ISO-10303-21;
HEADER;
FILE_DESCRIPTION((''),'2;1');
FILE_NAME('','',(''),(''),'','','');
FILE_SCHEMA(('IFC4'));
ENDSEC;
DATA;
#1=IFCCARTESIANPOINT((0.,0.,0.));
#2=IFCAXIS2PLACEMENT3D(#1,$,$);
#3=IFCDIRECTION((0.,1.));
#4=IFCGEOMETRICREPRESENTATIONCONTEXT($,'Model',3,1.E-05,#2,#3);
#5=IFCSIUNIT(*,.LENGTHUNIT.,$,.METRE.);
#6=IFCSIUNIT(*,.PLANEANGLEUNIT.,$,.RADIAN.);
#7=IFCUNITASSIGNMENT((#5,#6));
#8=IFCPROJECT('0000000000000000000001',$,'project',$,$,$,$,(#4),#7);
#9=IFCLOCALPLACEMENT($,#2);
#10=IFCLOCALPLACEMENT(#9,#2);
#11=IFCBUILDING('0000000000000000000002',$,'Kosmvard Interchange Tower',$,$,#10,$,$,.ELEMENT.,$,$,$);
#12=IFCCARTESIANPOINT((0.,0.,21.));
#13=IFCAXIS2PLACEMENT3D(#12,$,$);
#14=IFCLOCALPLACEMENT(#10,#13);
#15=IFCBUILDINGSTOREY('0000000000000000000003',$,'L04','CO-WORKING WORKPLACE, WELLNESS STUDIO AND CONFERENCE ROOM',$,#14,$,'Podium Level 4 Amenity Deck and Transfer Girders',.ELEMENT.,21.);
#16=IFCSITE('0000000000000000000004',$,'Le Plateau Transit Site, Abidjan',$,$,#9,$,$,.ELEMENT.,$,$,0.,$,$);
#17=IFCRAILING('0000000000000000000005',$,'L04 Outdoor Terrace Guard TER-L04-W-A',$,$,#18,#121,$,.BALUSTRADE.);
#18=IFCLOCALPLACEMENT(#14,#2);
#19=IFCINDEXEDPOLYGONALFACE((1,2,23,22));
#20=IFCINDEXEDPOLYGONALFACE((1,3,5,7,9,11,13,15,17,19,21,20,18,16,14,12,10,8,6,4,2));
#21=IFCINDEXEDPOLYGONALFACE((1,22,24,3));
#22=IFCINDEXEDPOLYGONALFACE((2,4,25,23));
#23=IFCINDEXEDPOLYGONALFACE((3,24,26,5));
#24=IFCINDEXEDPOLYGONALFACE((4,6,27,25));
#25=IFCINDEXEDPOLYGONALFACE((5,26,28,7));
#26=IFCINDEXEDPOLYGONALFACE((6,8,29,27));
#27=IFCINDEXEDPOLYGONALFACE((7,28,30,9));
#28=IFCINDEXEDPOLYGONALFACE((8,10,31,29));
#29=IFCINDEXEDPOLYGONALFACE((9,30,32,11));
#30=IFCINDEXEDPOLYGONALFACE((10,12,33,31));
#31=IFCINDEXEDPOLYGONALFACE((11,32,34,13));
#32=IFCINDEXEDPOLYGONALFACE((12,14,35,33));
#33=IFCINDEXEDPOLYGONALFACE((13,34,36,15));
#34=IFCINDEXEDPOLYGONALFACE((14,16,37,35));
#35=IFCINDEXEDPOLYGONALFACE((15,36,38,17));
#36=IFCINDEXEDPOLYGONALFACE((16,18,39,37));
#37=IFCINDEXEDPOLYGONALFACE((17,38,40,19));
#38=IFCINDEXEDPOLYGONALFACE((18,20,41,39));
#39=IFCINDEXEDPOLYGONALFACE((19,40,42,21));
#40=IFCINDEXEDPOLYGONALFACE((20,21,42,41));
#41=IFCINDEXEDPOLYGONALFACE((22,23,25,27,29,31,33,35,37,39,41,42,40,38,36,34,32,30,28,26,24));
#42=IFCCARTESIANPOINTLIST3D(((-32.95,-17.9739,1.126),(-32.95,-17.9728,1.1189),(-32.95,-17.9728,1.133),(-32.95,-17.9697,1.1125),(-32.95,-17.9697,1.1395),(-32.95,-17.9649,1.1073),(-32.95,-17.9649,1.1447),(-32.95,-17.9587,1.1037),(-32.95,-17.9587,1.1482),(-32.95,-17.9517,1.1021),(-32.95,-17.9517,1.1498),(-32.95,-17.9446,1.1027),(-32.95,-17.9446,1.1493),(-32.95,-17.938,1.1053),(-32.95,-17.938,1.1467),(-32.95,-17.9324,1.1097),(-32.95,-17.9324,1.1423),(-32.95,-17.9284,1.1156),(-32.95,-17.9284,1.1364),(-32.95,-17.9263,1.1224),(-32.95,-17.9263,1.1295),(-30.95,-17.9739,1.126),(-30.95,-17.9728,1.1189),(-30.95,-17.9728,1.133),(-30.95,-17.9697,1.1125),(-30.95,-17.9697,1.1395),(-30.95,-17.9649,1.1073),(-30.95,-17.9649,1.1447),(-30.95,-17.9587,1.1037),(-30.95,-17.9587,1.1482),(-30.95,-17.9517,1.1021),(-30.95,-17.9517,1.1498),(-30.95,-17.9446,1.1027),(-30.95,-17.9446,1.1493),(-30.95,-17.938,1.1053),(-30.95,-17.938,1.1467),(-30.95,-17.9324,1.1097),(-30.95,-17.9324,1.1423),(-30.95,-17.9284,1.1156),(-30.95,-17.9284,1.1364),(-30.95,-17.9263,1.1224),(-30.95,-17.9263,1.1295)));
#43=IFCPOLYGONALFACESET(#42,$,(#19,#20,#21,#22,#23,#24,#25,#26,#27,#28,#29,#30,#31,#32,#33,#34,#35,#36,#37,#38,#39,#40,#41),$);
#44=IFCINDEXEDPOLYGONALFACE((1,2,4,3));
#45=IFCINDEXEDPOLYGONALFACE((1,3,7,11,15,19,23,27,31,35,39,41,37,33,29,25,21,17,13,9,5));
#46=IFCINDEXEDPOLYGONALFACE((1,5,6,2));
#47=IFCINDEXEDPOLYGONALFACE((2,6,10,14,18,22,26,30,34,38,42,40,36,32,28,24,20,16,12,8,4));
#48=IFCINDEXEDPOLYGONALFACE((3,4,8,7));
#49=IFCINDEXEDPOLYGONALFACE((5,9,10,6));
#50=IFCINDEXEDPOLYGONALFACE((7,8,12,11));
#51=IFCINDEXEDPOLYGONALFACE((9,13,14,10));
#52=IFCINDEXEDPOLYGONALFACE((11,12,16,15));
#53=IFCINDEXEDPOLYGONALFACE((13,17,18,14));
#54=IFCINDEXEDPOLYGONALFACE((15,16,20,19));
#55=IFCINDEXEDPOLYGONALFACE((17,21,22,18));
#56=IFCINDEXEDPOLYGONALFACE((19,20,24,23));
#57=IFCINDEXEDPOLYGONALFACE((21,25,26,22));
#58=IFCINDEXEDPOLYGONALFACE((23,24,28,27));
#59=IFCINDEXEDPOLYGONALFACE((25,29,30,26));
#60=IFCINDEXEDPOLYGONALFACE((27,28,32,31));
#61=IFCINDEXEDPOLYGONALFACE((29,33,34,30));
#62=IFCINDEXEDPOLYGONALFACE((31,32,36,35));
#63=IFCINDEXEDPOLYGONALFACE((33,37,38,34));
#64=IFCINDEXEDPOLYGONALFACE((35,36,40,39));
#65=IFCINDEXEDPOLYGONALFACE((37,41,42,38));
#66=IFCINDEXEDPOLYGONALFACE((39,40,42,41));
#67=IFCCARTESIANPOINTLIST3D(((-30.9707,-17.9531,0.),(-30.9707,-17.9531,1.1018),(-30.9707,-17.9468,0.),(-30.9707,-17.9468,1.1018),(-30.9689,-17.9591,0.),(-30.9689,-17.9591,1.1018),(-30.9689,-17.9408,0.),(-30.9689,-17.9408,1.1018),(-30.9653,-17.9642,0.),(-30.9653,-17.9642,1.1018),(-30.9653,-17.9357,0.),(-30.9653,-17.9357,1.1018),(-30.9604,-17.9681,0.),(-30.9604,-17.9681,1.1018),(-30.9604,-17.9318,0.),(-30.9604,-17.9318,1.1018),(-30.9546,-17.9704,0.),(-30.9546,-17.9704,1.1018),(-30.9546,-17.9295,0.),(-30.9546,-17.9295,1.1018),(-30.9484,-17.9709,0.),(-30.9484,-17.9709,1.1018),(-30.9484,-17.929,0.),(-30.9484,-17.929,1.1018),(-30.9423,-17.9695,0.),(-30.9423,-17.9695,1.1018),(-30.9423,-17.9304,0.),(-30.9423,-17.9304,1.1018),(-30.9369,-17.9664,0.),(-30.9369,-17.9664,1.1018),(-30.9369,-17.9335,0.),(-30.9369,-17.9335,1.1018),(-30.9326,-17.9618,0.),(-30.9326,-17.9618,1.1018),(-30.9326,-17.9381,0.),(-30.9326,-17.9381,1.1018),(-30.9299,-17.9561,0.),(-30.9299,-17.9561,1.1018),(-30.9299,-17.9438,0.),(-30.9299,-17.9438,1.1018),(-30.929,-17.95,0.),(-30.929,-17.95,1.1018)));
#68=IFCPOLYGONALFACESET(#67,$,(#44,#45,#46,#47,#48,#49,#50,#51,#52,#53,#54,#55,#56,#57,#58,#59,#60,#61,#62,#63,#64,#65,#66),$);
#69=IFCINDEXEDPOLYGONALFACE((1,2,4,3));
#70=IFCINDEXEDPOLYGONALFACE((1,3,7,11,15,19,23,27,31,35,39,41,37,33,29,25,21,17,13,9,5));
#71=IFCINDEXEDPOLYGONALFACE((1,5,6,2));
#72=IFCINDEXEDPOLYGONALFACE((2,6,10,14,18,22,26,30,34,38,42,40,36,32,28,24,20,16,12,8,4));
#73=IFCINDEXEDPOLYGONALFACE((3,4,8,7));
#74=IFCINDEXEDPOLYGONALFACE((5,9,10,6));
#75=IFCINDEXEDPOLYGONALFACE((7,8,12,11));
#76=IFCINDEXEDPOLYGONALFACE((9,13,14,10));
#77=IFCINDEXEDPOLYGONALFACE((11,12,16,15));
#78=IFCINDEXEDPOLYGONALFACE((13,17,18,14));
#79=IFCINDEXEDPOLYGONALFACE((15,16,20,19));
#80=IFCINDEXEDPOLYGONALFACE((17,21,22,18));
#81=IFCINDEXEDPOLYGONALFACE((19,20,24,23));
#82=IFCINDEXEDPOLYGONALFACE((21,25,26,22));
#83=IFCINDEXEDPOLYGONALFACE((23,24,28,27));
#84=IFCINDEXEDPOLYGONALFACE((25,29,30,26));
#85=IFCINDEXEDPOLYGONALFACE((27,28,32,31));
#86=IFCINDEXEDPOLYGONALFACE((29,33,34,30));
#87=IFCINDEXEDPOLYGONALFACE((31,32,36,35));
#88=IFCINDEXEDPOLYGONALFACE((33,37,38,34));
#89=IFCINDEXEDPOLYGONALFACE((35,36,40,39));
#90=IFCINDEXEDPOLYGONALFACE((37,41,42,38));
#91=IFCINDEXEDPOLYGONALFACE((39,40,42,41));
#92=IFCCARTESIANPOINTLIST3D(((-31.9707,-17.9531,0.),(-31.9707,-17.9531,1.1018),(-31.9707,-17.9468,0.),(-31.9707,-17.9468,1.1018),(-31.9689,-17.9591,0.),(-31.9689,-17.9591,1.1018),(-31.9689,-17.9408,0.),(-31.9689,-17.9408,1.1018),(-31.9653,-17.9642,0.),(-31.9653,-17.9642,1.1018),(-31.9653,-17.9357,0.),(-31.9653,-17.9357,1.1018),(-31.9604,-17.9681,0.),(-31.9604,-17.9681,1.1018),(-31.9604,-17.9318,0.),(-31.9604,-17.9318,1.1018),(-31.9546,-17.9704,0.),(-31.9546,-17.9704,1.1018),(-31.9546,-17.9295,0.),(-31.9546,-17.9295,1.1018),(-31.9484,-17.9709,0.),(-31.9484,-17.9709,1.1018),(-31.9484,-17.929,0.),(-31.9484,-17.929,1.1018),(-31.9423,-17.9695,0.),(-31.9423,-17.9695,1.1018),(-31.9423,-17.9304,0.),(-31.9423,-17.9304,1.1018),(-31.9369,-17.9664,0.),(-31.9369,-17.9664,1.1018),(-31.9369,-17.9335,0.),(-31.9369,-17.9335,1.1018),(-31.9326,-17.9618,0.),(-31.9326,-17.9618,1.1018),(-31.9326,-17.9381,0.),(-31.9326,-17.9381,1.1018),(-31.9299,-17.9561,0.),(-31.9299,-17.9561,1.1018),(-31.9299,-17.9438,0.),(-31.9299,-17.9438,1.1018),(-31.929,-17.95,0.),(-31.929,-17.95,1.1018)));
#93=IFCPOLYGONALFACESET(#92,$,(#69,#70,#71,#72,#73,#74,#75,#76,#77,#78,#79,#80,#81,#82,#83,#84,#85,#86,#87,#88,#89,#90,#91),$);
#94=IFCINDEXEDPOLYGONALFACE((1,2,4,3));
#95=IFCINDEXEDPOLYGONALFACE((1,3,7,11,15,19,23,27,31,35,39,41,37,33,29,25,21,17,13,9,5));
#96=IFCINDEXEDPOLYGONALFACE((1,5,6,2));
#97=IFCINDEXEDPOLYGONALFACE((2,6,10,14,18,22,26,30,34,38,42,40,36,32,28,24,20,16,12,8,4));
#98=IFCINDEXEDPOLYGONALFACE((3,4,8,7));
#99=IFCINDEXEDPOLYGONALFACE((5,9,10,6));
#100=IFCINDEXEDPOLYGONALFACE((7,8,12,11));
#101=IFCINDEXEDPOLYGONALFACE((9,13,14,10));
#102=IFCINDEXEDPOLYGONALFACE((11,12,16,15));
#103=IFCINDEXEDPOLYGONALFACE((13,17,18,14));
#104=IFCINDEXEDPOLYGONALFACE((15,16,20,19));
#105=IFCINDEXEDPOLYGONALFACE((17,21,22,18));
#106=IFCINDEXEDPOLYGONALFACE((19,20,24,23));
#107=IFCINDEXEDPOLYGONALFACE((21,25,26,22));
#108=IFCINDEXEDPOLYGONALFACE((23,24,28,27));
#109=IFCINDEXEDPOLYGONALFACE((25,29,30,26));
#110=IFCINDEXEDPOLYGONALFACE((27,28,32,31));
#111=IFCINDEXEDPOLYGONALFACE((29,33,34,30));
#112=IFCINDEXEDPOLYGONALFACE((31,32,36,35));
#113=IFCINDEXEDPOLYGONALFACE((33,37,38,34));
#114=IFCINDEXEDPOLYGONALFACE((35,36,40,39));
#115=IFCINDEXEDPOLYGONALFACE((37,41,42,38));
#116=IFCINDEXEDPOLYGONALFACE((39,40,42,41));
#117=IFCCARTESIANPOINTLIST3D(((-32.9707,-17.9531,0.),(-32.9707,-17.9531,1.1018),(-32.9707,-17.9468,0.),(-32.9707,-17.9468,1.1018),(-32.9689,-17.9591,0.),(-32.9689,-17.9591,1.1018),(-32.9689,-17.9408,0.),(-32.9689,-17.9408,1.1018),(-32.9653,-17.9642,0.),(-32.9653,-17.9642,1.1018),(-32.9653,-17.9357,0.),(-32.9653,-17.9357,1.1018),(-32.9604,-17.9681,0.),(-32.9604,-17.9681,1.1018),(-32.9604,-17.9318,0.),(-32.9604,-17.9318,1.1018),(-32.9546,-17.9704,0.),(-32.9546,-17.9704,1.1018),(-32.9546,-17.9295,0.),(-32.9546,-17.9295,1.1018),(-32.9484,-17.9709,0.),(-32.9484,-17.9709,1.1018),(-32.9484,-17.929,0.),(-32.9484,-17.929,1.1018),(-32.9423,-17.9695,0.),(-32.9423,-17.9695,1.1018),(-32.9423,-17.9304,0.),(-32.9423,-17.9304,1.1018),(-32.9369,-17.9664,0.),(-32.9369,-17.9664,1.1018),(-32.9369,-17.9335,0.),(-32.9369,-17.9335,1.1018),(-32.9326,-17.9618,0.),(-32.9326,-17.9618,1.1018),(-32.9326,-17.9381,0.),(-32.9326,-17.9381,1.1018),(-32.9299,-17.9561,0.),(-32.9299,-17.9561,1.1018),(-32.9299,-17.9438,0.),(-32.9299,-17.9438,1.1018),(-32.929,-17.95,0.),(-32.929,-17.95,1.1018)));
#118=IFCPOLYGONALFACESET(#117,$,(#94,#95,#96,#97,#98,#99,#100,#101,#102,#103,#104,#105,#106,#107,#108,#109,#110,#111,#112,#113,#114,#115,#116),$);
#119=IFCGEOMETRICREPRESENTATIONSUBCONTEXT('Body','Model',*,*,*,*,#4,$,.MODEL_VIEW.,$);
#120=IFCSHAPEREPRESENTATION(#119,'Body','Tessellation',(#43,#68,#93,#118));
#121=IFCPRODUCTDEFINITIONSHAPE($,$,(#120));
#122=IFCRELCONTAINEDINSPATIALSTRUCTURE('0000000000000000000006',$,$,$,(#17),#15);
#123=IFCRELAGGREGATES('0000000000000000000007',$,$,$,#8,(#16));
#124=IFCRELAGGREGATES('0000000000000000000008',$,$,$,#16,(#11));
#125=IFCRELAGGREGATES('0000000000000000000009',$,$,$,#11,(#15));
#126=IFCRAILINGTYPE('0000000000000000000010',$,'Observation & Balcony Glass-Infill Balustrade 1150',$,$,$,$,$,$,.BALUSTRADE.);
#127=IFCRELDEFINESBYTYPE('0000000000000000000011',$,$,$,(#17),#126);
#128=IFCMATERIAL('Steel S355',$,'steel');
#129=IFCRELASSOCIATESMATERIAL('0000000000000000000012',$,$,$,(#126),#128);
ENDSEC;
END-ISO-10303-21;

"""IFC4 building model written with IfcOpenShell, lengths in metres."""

from ifc_helpers import new_model, si_unit, direction, frame, origin, origin_2d, place, context, subcontext, project, spatial, circle, extrude, source, transform, mapped, material, type_object, element, save


model = new_model("IFC4")

# Units and contexts
model_context = context("Model", 3, precision=1e-05, world=origin(), true_north=direction((0.0, 1.0)))
body_context = subcontext(model_context, "Body", "Model", "MODEL_VIEW")
ifc_project = project(units=[si_unit("LENGTHUNIT", "METRE"), si_unit("PLANEANGLEUNIT", "RADIAN")], contexts=[model_context])

# Site, building, storey
site_placement = place(None, origin())
site = spatial("IfcSite", under=ifc_project, at=site_placement, Name="Le Plateau Transit Site, Abidjan", CompositionType="ELEMENT", RefElevation=0.0)
building_placement = place(site_placement, origin())
building = spatial("IfcBuilding", under=site, at=building_placement, Name="Kosmvard Interchange Tower", CompositionType="ELEMENT")
storey_placement = place(building_placement, frame((0.0, 0.0, 21.0)))
storey = spatial("IfcBuildingStorey", under=building, at=storey_placement, Name="L04", Description="CO-WORKING WORKPLACE, WELLNESS STUDIO AND CONFERENCE ROOM", LongName="Podium Level 4 Amenity Deck and Transfer Girders", CompositionType="ELEMENT", Elevation=21.0)

# Shared definitions
ifc_material_1 = material(Name="Steel S355", Category="steel")

# Railing
railing_type = type_object("IfcRailingType", Name="Observation & Balcony Glass-Infill Balustrade 1150", PredefinedType="BALUSTRADE", material=ifc_material_1)
shared_shape_1 = source(origin(), body_context, "Body", "SweptSolid", [
    extrude(circle(Radius=0.0239, at=origin_2d()), frame((0.0, 0.0, 1.126), z_axis=(-1.0, 0.0, 0.0), x_axis=(0.0, -1.0, 0.0)), (0.0, 0.0, 1.0), 2.0),
    extrude(circle(Radius=0.021, at=origin_2d()), origin(), (0.0, 0.0, 1.0), 1.1018),
    extrude(circle(Radius=0.021, at=origin_2d()), frame((-1.0, 0.0, 0.0)), (0.0, 0.0, 1.0), 1.1018),
    extrude(circle(Radius=0.021, at=origin_2d()), frame((-2.0, 0.0, 0.0)), (0.0, 0.0, 1.0), 1.1018),
])
railing_1_placement = place(storey_placement, frame((-30.95, -17.95, 0.0)))
element("IfcRailing", 1, at=railing_1_placement, inside=storey, type_object=railing_type, Name="L04 Outdoor Terrace Guard TER-L04-W-A", PredefinedType="BALUSTRADE", context=body_context, shape_type="MappedRepresentation", body=[
    mapped(shared_shape_1, transform((0.0, 0.0, 0.0), scale=1.0)),
])

save(model, "model.ifc")
